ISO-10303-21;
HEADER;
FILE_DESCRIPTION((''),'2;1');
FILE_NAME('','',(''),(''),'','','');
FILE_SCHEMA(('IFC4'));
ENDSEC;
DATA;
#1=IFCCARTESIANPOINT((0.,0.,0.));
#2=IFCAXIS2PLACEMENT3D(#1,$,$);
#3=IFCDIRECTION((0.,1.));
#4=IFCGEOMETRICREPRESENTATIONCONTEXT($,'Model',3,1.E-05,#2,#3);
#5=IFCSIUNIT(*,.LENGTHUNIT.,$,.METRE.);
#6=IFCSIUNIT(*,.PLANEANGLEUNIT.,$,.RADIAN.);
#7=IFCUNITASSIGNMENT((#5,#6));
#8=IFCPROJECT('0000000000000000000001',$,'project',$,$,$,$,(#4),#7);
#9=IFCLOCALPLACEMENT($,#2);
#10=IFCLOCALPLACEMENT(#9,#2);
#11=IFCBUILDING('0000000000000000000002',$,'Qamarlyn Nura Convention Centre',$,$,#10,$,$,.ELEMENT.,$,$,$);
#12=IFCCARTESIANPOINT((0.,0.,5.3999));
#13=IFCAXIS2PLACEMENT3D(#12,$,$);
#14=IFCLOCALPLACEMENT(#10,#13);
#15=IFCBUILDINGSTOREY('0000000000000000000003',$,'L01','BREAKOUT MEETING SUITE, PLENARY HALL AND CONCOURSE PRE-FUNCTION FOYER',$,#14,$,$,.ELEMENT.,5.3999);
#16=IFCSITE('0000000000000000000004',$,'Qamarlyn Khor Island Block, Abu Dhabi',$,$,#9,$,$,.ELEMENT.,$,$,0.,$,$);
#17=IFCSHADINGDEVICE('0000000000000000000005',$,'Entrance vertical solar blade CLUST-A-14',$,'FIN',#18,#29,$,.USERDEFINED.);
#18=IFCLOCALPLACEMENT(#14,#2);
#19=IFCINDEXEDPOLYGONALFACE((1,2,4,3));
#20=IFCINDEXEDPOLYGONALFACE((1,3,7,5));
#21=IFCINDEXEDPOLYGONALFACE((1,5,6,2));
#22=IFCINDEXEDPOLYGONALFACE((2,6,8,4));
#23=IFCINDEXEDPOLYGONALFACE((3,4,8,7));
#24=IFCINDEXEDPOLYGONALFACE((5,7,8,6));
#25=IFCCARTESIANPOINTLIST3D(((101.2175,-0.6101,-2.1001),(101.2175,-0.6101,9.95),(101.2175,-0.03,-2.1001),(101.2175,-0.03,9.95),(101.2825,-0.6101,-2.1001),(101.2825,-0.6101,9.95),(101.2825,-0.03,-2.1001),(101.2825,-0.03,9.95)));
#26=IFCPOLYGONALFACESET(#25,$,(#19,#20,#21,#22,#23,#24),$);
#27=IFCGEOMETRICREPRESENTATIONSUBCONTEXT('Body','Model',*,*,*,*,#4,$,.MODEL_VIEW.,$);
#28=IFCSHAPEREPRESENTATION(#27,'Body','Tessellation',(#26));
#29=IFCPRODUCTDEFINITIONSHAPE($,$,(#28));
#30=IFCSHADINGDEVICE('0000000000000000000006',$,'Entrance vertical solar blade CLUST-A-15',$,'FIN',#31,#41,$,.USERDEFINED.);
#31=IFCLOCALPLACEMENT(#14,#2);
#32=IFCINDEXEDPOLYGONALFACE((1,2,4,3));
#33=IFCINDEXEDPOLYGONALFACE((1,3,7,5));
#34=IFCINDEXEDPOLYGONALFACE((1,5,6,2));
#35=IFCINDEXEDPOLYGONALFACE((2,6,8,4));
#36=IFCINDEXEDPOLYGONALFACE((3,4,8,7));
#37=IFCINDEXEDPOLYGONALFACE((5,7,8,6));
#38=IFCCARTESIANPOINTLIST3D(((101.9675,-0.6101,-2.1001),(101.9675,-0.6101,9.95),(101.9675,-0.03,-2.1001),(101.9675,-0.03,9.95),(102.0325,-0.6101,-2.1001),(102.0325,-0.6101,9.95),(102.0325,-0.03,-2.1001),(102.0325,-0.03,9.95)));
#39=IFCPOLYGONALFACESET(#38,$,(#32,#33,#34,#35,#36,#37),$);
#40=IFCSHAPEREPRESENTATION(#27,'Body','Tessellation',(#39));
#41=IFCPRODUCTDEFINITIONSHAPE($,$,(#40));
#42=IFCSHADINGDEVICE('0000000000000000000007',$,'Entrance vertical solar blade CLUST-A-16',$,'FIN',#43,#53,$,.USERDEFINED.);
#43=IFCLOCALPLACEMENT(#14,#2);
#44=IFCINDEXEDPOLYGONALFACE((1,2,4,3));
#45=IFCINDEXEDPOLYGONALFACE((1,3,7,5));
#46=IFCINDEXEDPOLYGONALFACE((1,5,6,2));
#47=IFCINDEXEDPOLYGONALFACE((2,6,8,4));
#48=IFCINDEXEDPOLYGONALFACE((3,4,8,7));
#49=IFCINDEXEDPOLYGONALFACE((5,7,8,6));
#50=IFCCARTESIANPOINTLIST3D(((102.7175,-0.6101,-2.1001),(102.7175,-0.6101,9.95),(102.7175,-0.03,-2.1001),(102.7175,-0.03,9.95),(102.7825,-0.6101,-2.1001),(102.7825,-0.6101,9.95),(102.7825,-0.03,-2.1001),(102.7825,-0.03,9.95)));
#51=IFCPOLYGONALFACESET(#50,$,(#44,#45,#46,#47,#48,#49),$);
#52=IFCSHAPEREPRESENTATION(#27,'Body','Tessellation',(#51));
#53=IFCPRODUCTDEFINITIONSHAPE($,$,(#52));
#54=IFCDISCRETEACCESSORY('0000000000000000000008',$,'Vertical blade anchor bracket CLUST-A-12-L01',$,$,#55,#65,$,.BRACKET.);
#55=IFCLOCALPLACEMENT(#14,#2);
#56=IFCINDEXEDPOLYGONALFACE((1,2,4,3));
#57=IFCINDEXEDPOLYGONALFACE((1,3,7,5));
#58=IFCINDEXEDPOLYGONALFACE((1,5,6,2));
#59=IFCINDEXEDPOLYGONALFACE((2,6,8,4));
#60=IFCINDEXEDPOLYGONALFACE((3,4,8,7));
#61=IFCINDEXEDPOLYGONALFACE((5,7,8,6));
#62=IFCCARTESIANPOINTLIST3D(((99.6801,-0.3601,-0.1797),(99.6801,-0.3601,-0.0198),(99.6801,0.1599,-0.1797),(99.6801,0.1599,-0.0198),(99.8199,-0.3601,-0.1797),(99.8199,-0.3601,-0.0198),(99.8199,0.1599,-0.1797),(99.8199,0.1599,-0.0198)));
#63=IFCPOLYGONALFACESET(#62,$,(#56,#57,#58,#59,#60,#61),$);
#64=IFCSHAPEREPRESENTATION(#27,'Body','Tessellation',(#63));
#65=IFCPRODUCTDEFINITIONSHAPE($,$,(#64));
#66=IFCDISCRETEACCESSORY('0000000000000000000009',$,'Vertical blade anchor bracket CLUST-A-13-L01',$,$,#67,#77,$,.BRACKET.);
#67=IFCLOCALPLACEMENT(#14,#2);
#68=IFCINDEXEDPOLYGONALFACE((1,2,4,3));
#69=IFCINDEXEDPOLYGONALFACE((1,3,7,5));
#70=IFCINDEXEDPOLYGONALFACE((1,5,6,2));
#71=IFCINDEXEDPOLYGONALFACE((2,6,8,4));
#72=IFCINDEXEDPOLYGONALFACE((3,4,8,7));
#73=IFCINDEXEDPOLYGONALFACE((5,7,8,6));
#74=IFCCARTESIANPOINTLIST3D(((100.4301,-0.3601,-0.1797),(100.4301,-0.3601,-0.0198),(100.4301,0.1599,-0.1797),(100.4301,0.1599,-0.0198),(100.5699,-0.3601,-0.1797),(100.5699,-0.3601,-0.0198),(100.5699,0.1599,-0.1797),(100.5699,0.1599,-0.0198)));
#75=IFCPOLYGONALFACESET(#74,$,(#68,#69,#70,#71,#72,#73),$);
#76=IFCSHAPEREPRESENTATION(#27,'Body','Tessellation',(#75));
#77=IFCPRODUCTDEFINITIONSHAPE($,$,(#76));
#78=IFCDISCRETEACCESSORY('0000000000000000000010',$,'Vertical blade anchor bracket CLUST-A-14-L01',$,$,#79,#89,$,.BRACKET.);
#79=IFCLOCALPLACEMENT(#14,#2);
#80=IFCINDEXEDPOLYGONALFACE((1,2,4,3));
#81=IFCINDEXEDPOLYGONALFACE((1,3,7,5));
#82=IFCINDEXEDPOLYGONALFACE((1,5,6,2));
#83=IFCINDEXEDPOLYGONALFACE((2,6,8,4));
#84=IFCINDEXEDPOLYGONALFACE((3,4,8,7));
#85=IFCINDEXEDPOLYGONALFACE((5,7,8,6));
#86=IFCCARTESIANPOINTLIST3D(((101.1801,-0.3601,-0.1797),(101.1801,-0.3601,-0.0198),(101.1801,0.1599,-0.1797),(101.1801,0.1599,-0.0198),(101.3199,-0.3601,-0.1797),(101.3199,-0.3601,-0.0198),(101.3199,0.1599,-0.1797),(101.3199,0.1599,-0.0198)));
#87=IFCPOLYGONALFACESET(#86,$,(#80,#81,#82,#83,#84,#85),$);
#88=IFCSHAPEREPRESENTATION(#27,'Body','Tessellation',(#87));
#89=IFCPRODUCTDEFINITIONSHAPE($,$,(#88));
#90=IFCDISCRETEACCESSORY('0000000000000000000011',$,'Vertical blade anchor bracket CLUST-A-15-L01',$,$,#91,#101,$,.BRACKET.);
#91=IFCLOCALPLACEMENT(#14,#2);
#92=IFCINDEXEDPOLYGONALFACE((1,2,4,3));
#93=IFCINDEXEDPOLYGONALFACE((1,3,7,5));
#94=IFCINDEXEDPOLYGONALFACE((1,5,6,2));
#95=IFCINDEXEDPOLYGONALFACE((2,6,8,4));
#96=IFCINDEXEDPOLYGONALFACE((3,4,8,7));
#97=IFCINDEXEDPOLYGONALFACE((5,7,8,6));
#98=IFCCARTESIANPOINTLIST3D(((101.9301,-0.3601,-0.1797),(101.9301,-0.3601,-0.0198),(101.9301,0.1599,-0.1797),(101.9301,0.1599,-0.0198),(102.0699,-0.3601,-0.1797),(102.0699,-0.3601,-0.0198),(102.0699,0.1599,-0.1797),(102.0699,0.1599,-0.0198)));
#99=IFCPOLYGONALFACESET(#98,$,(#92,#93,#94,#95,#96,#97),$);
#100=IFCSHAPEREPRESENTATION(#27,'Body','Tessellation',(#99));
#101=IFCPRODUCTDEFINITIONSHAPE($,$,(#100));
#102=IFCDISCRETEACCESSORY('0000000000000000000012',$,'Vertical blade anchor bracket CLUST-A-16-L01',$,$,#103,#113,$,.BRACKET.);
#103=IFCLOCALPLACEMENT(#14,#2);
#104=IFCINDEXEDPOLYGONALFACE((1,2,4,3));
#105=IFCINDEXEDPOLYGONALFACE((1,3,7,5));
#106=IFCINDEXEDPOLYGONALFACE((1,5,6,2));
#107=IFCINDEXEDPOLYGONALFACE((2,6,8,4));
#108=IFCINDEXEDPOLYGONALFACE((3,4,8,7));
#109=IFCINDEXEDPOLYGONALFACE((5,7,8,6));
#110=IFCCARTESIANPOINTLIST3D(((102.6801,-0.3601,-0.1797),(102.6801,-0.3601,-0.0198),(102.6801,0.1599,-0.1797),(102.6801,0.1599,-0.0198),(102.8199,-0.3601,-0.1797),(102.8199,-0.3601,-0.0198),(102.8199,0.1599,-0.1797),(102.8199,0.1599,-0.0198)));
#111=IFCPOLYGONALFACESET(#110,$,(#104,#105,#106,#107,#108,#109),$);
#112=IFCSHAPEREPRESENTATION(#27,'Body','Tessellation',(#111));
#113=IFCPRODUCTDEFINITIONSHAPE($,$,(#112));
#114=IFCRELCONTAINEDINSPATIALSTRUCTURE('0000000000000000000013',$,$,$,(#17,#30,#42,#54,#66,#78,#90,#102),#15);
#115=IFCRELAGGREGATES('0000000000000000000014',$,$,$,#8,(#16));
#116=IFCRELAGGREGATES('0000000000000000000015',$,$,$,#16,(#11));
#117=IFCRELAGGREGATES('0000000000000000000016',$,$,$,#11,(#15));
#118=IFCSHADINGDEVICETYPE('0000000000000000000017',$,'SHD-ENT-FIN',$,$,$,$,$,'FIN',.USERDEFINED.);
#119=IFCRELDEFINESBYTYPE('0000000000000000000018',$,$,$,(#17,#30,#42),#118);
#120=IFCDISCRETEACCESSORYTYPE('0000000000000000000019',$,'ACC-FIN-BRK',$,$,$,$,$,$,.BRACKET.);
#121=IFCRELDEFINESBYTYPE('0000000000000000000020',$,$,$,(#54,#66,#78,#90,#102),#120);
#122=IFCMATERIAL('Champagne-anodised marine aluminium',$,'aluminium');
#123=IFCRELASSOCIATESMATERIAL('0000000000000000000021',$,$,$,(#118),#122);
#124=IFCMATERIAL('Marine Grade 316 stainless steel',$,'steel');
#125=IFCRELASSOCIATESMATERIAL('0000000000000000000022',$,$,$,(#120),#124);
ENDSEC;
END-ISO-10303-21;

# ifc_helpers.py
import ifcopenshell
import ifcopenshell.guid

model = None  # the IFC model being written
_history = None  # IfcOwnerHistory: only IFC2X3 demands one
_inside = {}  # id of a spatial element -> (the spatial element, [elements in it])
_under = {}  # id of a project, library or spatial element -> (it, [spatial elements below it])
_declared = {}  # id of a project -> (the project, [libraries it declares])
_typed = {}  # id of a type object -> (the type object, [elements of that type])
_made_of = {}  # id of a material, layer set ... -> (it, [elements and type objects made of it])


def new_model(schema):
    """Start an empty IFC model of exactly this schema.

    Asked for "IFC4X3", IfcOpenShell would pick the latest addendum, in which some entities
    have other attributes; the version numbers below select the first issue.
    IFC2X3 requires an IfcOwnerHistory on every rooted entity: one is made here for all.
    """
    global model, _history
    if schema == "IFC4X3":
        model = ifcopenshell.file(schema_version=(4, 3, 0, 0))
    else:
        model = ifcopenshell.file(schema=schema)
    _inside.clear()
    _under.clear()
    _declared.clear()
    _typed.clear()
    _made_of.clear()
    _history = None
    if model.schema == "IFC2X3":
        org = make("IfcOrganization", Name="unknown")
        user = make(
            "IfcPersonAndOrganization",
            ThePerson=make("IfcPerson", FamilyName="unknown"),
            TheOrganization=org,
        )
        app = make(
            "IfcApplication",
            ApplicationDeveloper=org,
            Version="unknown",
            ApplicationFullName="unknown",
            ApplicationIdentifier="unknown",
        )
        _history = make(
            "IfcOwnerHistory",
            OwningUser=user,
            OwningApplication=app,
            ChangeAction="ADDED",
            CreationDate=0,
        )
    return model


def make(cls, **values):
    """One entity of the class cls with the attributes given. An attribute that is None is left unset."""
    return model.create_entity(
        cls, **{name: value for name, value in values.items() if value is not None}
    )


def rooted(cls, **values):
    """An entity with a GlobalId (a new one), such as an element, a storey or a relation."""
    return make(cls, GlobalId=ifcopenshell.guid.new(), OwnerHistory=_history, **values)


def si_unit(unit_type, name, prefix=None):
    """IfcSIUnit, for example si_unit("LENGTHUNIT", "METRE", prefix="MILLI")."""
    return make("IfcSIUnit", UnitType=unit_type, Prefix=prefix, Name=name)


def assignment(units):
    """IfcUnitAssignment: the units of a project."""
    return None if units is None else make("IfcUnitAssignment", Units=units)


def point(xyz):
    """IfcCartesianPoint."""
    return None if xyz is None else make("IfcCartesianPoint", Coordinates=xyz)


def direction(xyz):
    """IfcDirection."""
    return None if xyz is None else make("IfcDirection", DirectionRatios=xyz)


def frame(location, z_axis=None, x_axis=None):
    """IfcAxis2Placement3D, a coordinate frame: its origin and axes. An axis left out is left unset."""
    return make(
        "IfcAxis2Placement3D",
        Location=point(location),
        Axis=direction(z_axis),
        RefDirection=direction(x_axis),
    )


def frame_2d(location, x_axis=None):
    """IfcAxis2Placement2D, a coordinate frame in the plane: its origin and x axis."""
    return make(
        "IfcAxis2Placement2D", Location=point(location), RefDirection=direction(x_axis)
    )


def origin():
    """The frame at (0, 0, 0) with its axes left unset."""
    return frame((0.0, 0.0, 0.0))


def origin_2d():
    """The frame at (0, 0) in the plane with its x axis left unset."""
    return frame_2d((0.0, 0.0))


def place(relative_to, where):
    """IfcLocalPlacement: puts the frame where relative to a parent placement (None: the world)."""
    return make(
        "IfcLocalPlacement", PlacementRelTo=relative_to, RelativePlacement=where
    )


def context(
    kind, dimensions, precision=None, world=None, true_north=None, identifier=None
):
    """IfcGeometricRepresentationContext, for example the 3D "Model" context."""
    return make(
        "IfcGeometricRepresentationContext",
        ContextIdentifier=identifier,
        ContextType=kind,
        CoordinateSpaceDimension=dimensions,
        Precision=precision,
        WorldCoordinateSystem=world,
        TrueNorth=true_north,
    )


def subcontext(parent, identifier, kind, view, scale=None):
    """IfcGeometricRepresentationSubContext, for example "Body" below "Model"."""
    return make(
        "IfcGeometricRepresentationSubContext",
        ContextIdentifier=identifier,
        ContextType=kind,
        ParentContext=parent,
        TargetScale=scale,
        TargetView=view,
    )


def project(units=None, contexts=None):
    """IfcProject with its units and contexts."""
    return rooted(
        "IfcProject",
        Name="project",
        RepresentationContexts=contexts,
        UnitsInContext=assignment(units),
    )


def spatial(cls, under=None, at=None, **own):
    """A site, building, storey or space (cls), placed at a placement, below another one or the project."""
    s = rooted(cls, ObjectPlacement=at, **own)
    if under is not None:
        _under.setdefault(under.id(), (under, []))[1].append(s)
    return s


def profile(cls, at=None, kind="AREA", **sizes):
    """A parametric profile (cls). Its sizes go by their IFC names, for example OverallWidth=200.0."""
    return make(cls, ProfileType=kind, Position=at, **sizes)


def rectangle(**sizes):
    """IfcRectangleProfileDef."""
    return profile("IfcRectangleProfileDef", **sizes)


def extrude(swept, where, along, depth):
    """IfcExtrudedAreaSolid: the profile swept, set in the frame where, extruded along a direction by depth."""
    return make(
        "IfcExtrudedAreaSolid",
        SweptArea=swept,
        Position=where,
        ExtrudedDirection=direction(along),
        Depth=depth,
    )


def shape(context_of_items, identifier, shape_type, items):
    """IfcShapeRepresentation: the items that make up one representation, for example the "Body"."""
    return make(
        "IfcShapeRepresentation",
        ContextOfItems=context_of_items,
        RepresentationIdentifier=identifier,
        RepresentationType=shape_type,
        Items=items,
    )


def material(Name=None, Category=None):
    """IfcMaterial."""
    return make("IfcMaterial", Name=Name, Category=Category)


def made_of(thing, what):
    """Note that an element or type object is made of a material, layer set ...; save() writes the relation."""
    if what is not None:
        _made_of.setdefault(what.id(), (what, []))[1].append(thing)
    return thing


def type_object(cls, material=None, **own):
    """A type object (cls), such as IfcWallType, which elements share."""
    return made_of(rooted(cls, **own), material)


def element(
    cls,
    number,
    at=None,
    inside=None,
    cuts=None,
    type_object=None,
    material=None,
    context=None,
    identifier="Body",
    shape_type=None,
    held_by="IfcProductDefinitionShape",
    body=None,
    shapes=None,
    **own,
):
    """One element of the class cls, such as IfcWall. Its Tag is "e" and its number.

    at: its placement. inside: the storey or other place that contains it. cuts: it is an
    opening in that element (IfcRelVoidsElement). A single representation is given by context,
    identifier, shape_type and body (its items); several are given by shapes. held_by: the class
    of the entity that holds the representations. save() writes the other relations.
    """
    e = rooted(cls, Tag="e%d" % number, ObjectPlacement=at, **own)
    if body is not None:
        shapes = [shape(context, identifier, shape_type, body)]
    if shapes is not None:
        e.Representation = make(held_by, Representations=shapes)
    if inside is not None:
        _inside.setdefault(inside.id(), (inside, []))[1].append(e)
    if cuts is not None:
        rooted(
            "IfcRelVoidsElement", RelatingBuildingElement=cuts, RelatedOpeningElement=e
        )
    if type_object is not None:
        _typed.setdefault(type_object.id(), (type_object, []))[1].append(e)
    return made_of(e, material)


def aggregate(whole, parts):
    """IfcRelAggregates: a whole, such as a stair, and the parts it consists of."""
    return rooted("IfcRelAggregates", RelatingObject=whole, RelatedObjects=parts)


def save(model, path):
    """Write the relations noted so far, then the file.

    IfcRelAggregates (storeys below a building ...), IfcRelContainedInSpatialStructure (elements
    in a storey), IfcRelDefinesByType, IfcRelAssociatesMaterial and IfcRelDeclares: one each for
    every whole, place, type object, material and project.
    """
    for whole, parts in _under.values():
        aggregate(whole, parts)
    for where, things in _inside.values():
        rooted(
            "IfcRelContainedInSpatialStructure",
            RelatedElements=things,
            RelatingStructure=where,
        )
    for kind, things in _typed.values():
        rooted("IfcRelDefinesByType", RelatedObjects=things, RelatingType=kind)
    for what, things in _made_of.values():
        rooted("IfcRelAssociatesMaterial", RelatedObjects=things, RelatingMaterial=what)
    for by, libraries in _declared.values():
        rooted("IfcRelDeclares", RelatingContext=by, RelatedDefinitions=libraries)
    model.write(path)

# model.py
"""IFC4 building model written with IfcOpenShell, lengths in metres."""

from ifc_helpers import new_model, si_unit, direction, frame, origin, origin_2d, place, context, subcontext, project, spatial, rectangle, extrude, material, type_object, element, save


model = new_model("IFC4")

# Units and contexts
model_context = context("Model", 3, precision=1e-05, world=origin(), true_north=direction((0.0, 1.0)))
body_context = subcontext(model_context, "Body", "Model", "MODEL_VIEW")
ifc_project = project(units=[si_unit("LENGTHUNIT", "METRE"), si_unit("PLANEANGLEUNIT", "RADIAN")], contexts=[model_context])

# Site, building, storey
site_placement = place(None, origin())
site = spatial("IfcSite", under=ifc_project, at=site_placement, Name="Qamarlyn Khor Island Block, Abu Dhabi", CompositionType="ELEMENT", RefElevation=0.0)
building_placement = place(site_placement, origin())
building = spatial("IfcBuilding", under=site, at=building_placement, Name="Qamarlyn Nura Convention Centre", CompositionType="ELEMENT")
storey_placement = place(building_placement, frame((0.0, 0.0, 5.3999)))
storey = spatial("IfcBuildingStorey", under=building, at=storey_placement, Name="L01", Description="BREAKOUT MEETING SUITE, PLENARY HALL AND CONCOURSE PRE-FUNCTION FOYER", CompositionType="ELEMENT", Elevation=5.3999)

# Shared definitions
ifc_material_1 = material(Name="Champagne-anodised marine aluminium", Category="aluminium")

# Shared definitions
ifc_material_2 = material(Name="Marine Grade 316 stainless steel", Category="steel")

# Shading devices
shading_device_type = type_object("IfcShadingDeviceType", Name="SHD-ENT-FIN", ElementType="FIN", PredefinedType="USERDEFINED", material=ifc_material_1)
for number, where, z_axis, x_axis, name in (
    (1, (101.25, -0.3201, -2.1001), (0.0, 0.0, 1.0), (0.0, -1.0, 0.0), "Entrance vertical solar blade CLUST-A-14"),
    (2, (102.0, -0.3201, -2.1001), (0.0, 0.0, 1.0), (0.0, -1.0, 0.0), "Entrance vertical solar blade CLUST-A-15"),
    (3, (102.75, -0.3201, -2.1001), (0.0, 0.0, 1.0), (0.0, -1.0, 0.0), "Entrance vertical solar blade CLUST-A-16"),
):
    element("IfcShadingDevice", number, at=place(storey_placement, frame(where, z_axis=z_axis, x_axis=x_axis)), inside=storey, type_object=shading_device_type, Name=name, ObjectType="FIN", PredefinedType="USERDEFINED", context=body_context, shape_type="SweptSolid", body=[
        extrude(rectangle(XDim=0.5801, YDim=0.0649, at=origin_2d()), origin(), (0.0, 0.0, 1.0), 12.05),
    ])

# Discrete accessories
discrete_accessory_type = type_object("IfcDiscreteAccessoryType", Name="ACC-FIN-BRK", PredefinedType="BRACKET", material=ifc_material_2)
for number, where, z_axis, x_axis, name in (
    (4, (99.75, -0.1001, -0.1797), (0.0, 0.0, 1.0), (0.0, -1.0, 0.0), "Vertical blade anchor bracket CLUST-A-12-L01"),
    (5, (100.5, -0.1001, -0.1797), (0.0, 0.0, 1.0), (0.0, -1.0, 0.0), "Vertical blade anchor bracket CLUST-A-13-L01"),
    (6, (101.25, -0.1001, -0.1797), (0.0, 0.0, 1.0), (0.0, -1.0, 0.0), "Vertical blade anchor bracket CLUST-A-14-L01"),
    (7, (102.0, -0.1001, -0.1797), (0.0, 0.0, 1.0), (0.0, -1.0, 0.0), "Vertical blade anchor bracket CLUST-A-15-L01"),
    (8, (102.75, -0.1001, -0.1797), (0.0, 0.0, 1.0), (0.0, -1.0, 0.0), "Vertical blade anchor bracket CLUST-A-16-L01"),
):
    element("IfcDiscreteAccessory", number, at=place(storey_placement, frame(where, z_axis=z_axis, x_axis=x_axis)), inside=storey, type_object=discrete_accessory_type, Name=name, PredefinedType="BRACKET", context=body_context, shape_type="SweptSolid", body=[
        extrude(rectangle(XDim=0.52, YDim=0.1399, at=origin_2d()), origin(), (0.0, 0.0, 1.0), 0.1599),
    ])

save(model, "model.ifc")
